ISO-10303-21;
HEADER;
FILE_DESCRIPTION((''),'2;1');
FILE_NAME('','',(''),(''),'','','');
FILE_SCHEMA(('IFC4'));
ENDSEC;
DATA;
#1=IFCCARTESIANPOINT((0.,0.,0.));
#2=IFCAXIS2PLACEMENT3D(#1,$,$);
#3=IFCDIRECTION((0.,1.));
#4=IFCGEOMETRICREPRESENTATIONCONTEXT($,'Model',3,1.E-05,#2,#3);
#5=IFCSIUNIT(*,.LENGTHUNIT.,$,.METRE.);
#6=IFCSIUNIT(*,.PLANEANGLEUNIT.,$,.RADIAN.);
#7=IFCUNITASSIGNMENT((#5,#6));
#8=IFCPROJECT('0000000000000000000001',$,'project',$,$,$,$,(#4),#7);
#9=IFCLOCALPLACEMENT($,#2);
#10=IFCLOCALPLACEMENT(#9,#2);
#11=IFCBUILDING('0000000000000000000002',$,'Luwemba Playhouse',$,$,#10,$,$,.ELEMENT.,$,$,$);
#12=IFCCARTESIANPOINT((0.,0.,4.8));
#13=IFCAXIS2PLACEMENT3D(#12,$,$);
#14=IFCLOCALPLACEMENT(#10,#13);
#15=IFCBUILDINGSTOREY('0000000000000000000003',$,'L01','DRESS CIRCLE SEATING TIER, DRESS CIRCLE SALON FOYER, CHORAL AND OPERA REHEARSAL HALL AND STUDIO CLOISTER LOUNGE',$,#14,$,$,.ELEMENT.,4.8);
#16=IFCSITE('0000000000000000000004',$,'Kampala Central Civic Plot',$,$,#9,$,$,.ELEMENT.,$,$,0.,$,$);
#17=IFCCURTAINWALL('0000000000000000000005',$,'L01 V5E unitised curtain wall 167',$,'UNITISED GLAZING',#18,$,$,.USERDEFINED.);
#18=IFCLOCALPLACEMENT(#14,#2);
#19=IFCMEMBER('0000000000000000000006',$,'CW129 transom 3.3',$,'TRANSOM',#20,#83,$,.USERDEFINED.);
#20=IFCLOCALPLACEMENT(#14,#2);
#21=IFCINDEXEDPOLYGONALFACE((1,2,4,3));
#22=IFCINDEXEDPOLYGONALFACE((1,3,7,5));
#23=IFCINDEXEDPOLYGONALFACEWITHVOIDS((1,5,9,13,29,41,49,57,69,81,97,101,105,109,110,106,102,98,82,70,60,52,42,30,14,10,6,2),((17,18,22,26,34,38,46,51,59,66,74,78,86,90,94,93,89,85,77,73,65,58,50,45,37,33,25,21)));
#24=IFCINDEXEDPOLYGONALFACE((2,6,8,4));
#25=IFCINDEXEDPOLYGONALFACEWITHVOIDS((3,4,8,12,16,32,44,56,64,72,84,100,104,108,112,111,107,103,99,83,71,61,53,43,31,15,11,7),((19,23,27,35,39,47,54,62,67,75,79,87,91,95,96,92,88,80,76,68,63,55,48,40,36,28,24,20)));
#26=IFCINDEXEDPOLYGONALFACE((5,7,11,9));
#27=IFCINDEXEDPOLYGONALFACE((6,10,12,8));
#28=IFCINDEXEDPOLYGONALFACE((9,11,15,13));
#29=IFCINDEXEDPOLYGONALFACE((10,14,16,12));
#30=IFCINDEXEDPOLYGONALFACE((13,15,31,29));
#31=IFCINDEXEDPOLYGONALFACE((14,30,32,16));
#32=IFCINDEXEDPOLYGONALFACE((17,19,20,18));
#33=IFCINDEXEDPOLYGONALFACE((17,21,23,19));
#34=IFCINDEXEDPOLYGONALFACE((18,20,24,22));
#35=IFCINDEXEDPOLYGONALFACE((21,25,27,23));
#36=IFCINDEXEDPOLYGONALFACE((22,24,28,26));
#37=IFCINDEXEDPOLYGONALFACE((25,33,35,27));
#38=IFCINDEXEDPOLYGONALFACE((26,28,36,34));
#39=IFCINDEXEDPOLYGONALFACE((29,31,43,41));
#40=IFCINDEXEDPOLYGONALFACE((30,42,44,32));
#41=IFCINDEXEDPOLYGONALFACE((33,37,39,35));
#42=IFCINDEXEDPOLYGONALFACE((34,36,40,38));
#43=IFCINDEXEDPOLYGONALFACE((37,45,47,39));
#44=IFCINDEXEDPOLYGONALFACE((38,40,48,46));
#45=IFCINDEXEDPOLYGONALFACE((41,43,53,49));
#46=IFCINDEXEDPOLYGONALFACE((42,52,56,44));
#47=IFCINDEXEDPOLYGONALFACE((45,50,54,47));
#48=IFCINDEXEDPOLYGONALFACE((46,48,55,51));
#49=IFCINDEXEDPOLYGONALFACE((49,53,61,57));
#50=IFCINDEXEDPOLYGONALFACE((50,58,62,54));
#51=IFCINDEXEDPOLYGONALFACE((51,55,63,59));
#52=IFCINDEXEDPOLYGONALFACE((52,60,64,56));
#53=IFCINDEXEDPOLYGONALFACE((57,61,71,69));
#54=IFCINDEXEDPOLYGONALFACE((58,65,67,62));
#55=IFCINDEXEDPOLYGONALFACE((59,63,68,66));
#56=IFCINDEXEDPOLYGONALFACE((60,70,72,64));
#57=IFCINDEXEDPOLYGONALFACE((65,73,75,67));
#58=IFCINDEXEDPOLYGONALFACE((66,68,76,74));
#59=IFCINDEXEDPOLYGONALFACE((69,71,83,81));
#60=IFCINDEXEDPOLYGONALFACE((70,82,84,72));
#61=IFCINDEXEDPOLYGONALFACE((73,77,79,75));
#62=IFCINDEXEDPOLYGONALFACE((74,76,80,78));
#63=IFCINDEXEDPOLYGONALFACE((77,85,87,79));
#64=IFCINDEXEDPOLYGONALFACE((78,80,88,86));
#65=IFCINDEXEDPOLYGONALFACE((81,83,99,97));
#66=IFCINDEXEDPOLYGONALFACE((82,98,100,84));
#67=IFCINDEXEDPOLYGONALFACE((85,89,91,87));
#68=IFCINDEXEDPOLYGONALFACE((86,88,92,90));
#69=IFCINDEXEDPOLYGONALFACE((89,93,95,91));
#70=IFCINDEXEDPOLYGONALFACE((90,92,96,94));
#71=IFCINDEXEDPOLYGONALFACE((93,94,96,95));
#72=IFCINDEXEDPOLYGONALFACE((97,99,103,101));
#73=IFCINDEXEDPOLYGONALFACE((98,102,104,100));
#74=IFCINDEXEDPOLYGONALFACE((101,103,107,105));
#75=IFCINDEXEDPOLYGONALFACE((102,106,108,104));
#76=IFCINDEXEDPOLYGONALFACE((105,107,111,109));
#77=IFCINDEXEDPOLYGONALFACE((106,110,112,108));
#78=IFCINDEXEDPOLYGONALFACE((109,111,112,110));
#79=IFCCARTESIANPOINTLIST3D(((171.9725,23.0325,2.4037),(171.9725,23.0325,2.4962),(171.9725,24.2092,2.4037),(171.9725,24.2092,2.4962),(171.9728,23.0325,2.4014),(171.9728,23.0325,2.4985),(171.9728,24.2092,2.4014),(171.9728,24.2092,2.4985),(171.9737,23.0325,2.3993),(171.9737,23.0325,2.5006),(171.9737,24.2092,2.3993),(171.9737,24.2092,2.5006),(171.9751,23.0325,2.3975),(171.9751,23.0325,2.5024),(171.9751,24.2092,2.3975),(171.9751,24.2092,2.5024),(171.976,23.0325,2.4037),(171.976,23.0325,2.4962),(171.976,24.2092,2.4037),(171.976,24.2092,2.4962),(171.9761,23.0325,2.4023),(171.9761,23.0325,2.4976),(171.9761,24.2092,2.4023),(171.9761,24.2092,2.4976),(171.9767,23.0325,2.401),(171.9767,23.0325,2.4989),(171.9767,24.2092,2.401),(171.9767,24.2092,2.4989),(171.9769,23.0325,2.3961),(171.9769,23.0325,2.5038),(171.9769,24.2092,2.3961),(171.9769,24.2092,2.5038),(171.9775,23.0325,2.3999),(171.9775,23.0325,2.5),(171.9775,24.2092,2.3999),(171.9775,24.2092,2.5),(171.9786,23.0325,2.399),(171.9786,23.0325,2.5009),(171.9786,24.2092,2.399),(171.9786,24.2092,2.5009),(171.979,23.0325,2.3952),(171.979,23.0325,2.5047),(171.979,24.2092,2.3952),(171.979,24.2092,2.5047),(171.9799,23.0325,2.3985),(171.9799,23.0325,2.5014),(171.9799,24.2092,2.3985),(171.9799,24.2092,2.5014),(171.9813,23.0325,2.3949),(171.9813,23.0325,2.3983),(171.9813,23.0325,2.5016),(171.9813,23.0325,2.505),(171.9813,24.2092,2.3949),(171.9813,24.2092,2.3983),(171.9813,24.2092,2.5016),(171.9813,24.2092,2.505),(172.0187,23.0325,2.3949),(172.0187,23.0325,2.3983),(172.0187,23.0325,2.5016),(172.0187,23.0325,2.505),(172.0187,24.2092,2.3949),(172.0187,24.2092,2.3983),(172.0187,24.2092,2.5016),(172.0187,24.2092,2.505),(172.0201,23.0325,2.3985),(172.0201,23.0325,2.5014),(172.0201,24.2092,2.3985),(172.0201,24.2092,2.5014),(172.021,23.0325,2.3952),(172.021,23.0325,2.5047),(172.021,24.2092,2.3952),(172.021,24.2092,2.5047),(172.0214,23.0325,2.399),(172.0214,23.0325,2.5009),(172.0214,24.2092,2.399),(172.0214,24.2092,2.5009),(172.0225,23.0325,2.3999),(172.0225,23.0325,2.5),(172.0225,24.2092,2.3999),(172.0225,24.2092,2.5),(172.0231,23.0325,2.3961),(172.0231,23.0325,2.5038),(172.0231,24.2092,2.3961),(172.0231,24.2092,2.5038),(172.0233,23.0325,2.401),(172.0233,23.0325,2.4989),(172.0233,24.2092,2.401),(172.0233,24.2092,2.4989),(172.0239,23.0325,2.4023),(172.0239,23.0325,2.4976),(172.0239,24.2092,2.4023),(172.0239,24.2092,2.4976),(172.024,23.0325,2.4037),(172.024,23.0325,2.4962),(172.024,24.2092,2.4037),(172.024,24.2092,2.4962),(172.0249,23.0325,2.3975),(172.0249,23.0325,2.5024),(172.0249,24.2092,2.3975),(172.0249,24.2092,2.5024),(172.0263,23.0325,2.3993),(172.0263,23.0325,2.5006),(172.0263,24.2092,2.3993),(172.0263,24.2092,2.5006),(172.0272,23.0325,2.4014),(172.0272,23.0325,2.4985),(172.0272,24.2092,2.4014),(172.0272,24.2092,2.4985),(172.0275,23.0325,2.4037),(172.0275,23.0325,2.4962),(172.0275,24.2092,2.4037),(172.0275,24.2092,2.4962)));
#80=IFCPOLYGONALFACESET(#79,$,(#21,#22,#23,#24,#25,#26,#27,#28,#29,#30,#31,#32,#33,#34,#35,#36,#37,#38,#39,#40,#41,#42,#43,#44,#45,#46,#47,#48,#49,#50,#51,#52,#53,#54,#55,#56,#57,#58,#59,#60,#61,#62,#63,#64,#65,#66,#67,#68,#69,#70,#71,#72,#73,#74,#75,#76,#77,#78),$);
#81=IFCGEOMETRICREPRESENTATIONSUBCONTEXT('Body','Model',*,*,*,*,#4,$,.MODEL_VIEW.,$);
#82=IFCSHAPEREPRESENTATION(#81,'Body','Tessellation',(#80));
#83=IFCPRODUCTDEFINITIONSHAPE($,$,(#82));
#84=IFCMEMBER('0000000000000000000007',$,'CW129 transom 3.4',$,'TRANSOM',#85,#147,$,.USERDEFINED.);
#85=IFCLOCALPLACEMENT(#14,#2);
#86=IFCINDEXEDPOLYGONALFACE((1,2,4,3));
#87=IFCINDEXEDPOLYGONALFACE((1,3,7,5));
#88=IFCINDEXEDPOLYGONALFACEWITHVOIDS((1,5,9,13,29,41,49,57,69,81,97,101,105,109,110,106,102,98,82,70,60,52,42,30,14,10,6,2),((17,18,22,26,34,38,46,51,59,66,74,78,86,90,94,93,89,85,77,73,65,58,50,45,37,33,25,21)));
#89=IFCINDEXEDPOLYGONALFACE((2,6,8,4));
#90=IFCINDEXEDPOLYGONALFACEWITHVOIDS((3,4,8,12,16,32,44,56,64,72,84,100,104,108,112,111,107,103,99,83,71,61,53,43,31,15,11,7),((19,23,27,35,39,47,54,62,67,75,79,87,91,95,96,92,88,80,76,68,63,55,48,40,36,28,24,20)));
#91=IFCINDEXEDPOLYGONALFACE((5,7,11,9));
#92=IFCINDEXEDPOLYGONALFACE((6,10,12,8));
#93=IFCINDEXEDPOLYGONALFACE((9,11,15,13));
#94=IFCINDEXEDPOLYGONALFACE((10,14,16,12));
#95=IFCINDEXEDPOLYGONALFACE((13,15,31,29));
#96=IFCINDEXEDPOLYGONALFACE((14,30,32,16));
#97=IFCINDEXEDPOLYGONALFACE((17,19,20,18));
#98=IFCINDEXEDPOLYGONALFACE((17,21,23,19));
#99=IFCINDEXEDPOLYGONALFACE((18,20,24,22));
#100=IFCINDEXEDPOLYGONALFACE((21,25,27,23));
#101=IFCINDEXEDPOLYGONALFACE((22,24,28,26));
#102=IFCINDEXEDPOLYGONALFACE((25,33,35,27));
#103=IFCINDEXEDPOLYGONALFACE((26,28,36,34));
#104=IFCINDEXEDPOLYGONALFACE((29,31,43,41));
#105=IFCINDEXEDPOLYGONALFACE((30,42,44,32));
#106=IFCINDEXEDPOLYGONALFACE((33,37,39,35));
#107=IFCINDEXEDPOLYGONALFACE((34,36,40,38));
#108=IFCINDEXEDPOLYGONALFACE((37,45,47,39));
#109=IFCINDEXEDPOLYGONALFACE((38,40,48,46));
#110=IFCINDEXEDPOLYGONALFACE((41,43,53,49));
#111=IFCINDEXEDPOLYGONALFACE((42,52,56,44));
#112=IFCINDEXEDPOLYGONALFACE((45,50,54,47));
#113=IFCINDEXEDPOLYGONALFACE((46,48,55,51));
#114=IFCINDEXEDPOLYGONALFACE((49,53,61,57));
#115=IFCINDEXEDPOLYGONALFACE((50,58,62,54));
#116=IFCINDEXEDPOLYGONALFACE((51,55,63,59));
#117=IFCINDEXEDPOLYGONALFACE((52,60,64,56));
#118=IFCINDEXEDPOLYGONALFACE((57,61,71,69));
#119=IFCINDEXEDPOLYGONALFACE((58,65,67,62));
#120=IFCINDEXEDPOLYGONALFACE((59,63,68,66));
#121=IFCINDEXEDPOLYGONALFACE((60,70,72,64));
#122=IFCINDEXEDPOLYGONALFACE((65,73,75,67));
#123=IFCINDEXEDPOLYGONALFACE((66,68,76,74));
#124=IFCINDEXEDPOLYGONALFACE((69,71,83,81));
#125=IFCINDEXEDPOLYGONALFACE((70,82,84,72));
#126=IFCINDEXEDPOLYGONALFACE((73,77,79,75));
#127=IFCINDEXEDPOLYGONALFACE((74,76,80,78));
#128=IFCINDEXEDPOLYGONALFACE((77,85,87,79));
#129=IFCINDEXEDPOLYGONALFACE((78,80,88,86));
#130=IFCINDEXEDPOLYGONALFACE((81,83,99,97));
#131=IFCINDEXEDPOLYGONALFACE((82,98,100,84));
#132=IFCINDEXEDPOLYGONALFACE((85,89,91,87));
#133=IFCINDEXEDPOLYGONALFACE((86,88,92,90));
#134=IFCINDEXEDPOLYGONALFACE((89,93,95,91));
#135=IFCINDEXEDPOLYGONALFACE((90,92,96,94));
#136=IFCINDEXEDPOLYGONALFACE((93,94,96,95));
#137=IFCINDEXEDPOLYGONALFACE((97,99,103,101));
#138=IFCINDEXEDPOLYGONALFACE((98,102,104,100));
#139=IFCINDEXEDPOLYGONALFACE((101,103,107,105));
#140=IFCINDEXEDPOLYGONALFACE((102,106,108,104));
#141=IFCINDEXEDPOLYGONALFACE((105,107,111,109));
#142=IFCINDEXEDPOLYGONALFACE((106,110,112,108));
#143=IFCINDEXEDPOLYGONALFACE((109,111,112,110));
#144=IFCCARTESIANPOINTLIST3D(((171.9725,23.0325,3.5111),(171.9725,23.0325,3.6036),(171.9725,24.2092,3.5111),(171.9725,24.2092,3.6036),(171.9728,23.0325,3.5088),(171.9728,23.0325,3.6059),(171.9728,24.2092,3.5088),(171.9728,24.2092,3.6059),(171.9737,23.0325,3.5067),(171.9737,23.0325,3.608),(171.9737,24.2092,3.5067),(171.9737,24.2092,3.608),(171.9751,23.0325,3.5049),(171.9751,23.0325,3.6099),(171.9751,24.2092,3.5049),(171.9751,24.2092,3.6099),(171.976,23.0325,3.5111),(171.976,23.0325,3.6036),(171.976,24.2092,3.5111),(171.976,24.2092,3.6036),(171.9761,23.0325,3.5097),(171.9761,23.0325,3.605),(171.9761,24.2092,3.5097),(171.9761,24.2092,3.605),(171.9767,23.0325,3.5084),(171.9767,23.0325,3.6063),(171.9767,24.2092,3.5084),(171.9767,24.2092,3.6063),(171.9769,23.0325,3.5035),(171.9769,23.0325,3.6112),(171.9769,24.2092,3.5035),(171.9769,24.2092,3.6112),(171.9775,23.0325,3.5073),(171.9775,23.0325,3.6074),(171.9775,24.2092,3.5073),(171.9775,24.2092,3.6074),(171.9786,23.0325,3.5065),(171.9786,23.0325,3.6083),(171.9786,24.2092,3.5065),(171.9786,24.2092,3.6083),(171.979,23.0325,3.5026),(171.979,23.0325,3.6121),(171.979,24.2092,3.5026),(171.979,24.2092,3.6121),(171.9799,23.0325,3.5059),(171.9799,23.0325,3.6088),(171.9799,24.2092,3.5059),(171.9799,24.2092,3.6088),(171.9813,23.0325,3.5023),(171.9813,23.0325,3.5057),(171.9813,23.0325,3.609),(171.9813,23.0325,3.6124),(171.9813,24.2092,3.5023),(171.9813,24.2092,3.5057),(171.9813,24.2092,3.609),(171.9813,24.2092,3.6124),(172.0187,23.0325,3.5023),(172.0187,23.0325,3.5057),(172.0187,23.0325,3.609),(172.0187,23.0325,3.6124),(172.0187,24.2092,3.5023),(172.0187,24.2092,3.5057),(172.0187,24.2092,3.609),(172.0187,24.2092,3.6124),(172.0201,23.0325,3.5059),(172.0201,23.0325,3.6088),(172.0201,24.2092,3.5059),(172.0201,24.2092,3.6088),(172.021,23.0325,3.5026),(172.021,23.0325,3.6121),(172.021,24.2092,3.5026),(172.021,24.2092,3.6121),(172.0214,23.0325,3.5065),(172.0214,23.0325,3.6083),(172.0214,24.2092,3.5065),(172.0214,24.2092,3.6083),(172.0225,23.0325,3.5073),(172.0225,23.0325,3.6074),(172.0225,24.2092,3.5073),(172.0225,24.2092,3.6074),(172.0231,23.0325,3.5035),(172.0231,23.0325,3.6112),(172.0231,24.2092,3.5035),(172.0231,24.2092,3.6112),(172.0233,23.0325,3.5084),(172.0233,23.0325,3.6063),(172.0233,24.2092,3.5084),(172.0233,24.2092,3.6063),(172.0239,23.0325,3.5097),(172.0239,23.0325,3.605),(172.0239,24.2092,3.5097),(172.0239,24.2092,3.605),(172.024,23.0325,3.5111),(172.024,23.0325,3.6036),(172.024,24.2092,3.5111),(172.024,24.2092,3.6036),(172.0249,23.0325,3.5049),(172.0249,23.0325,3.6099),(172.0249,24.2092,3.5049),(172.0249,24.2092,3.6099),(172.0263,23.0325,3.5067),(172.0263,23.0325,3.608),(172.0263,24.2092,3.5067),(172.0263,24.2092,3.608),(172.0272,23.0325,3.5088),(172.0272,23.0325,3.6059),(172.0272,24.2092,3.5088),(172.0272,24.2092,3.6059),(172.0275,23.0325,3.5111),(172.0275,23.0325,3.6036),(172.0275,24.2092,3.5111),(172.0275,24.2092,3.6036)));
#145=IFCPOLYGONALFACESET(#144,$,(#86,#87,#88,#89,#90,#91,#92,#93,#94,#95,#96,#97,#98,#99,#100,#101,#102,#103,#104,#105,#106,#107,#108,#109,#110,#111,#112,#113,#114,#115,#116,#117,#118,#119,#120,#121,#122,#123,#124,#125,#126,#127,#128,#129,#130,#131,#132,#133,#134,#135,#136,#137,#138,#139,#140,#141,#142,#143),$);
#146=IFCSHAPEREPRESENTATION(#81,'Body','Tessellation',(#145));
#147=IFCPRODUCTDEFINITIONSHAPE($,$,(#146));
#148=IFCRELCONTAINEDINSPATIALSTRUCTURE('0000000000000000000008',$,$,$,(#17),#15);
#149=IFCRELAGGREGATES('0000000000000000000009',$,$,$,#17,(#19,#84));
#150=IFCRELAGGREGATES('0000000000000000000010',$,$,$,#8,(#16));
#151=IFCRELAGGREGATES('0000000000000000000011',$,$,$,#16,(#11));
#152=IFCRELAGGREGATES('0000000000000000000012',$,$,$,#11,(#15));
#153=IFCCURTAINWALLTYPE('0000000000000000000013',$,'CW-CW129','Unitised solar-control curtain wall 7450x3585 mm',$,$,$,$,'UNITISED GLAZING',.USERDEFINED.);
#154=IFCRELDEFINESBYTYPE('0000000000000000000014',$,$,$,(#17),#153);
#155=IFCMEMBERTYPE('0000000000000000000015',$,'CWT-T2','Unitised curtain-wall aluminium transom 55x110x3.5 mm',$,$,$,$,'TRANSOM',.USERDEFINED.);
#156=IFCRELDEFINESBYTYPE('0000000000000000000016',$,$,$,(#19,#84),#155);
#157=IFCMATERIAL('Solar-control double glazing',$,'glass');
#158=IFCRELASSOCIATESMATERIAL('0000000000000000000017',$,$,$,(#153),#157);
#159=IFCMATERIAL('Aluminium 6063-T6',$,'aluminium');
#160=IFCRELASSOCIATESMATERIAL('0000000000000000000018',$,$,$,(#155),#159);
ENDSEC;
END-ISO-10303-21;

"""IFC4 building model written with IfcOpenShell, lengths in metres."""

from ifc_helpers import new_model, si_unit, direction, frame, origin, origin_2d, place, context, subcontext, project, spatial, hollow_rectangle, extrude, material, material_profile, profile_set, type_object, element, aggregate, save


model = new_model("IFC4")

# Units and contexts
model_context = context("Model", 3, precision=1e-05, world=origin(), true_north=direction((0.0, 1.0)))
body_context = subcontext(model_context, "Body", "Model", "MODEL_VIEW")
ifc_project = project(units=[si_unit("LENGTHUNIT", "METRE"), si_unit("PLANEANGLEUNIT", "RADIAN")], contexts=[model_context])

# Site, building, storey
site_placement = place(None, origin())
site = spatial("IfcSite", under=ifc_project, at=site_placement, Name="Kampala Central Civic Plot", CompositionType="ELEMENT", RefElevation=0.0)
building_placement = place(site_placement, origin())
building = spatial("IfcBuilding", under=site, at=building_placement, Name="Luwemba Playhouse", CompositionType="ELEMENT")
storey_placement = place(building_placement, frame((0.0, 0.0, 4.8)))
storey = spatial("IfcBuildingStorey", under=building, at=storey_placement, Name="L01", Description="DRESS CIRCLE SEATING TIER, DRESS CIRCLE SALON FOYER, CHORAL AND OPERA REHEARSAL HALL AND STUDIO CLOISTER LOUNGE", CompositionType="ELEMENT", Elevation=4.8)

# Curtain wall, members
ifc_material_1 = material(Name="Solar-control double glazing", Category="glass")
curtain_wall_type = type_object("IfcCurtainWallType", Name="CW-CW129", Description="Unitised solar-control curtain wall 7450x3585 mm", ElementType="UNITISED GLAZING", PredefinedType="USERDEFINED", material=ifc_material_1)
curtain_wall_placement = place(storey_placement, origin())
curtain_wall = element("IfcCurtainWall", 1, at=curtain_wall_placement, inside=storey, type_object=curtain_wall_type, Name="L01 V5E unitised curtain wall 167", ObjectType="UNITISED GLAZING", PredefinedType="USERDEFINED")
ifc_material_2 = material(Name="Aluminium 6063-T6", Category="aluminium")
ifc_material_profile_1 = material_profile(ifc_material_2, hollow_rectangle(XDim=0.0549, YDim=0.1101, WallThickness=0.0034, InnerFilletRadius=0.0054, OuterFilletRadius=0.0088, at=origin_2d()))
ifc_profile_set_1 = profile_set([ifc_material_profile_1], Name="Aluminium 6063-T6")
member_type_1 = type_object("IfcMemberType", Name="CWT-T2", Description="Unitised curtain-wall aluminium transom 55x110x3.5 mm", ElementType="TRANSOM", PredefinedType="USERDEFINED", material=ifc_profile_set_1)
member_1_placement = place(storey_placement, frame((172.0, 24.2092, 2.45), z_axis=(0.0, -1.0, 0.0), x_axis=(1.0, 0.0, 0.0)))
member_1 = element("IfcMember", 2, at=member_1_placement, type_object=member_type_1, Name="CW129 transom 3.3", ObjectType="TRANSOM", PredefinedType="USERDEFINED", context=body_context, shape_type="SweptSolid", body=[
    extrude(hollow_rectangle(XDim=0.0549, YDim=0.1101, WallThickness=0.0034, InnerFilletRadius=0.0054, OuterFilletRadius=0.0088, at=origin_2d()), origin(), (0.0, 0.0, 1.0), 1.1768),
])
member_2_placement = place(storey_placement, frame((172.0, 24.2092, 3.5574), z_axis=(0.0, -1.0, 0.0), x_axis=(1.0, 0.0, 0.0)))
member_2 = element("IfcMember", 3, at=member_2_placement, type_object=member_type_1, Name="CW129 transom 3.4", ObjectType="TRANSOM", PredefinedType="USERDEFINED", context=body_context, shape_type="SweptSolid", body=[
    extrude(hollow_rectangle(XDim=0.0549, YDim=0.1101, WallThickness=0.0034, InnerFilletRadius=0.0054, OuterFilletRadius=0.0088, at=origin_2d()), origin(), (0.0, 0.0, 1.0), 1.1768),
])

aggregate(curtain_wall, [member_1, member_2])

save(model, "model.ifc")
